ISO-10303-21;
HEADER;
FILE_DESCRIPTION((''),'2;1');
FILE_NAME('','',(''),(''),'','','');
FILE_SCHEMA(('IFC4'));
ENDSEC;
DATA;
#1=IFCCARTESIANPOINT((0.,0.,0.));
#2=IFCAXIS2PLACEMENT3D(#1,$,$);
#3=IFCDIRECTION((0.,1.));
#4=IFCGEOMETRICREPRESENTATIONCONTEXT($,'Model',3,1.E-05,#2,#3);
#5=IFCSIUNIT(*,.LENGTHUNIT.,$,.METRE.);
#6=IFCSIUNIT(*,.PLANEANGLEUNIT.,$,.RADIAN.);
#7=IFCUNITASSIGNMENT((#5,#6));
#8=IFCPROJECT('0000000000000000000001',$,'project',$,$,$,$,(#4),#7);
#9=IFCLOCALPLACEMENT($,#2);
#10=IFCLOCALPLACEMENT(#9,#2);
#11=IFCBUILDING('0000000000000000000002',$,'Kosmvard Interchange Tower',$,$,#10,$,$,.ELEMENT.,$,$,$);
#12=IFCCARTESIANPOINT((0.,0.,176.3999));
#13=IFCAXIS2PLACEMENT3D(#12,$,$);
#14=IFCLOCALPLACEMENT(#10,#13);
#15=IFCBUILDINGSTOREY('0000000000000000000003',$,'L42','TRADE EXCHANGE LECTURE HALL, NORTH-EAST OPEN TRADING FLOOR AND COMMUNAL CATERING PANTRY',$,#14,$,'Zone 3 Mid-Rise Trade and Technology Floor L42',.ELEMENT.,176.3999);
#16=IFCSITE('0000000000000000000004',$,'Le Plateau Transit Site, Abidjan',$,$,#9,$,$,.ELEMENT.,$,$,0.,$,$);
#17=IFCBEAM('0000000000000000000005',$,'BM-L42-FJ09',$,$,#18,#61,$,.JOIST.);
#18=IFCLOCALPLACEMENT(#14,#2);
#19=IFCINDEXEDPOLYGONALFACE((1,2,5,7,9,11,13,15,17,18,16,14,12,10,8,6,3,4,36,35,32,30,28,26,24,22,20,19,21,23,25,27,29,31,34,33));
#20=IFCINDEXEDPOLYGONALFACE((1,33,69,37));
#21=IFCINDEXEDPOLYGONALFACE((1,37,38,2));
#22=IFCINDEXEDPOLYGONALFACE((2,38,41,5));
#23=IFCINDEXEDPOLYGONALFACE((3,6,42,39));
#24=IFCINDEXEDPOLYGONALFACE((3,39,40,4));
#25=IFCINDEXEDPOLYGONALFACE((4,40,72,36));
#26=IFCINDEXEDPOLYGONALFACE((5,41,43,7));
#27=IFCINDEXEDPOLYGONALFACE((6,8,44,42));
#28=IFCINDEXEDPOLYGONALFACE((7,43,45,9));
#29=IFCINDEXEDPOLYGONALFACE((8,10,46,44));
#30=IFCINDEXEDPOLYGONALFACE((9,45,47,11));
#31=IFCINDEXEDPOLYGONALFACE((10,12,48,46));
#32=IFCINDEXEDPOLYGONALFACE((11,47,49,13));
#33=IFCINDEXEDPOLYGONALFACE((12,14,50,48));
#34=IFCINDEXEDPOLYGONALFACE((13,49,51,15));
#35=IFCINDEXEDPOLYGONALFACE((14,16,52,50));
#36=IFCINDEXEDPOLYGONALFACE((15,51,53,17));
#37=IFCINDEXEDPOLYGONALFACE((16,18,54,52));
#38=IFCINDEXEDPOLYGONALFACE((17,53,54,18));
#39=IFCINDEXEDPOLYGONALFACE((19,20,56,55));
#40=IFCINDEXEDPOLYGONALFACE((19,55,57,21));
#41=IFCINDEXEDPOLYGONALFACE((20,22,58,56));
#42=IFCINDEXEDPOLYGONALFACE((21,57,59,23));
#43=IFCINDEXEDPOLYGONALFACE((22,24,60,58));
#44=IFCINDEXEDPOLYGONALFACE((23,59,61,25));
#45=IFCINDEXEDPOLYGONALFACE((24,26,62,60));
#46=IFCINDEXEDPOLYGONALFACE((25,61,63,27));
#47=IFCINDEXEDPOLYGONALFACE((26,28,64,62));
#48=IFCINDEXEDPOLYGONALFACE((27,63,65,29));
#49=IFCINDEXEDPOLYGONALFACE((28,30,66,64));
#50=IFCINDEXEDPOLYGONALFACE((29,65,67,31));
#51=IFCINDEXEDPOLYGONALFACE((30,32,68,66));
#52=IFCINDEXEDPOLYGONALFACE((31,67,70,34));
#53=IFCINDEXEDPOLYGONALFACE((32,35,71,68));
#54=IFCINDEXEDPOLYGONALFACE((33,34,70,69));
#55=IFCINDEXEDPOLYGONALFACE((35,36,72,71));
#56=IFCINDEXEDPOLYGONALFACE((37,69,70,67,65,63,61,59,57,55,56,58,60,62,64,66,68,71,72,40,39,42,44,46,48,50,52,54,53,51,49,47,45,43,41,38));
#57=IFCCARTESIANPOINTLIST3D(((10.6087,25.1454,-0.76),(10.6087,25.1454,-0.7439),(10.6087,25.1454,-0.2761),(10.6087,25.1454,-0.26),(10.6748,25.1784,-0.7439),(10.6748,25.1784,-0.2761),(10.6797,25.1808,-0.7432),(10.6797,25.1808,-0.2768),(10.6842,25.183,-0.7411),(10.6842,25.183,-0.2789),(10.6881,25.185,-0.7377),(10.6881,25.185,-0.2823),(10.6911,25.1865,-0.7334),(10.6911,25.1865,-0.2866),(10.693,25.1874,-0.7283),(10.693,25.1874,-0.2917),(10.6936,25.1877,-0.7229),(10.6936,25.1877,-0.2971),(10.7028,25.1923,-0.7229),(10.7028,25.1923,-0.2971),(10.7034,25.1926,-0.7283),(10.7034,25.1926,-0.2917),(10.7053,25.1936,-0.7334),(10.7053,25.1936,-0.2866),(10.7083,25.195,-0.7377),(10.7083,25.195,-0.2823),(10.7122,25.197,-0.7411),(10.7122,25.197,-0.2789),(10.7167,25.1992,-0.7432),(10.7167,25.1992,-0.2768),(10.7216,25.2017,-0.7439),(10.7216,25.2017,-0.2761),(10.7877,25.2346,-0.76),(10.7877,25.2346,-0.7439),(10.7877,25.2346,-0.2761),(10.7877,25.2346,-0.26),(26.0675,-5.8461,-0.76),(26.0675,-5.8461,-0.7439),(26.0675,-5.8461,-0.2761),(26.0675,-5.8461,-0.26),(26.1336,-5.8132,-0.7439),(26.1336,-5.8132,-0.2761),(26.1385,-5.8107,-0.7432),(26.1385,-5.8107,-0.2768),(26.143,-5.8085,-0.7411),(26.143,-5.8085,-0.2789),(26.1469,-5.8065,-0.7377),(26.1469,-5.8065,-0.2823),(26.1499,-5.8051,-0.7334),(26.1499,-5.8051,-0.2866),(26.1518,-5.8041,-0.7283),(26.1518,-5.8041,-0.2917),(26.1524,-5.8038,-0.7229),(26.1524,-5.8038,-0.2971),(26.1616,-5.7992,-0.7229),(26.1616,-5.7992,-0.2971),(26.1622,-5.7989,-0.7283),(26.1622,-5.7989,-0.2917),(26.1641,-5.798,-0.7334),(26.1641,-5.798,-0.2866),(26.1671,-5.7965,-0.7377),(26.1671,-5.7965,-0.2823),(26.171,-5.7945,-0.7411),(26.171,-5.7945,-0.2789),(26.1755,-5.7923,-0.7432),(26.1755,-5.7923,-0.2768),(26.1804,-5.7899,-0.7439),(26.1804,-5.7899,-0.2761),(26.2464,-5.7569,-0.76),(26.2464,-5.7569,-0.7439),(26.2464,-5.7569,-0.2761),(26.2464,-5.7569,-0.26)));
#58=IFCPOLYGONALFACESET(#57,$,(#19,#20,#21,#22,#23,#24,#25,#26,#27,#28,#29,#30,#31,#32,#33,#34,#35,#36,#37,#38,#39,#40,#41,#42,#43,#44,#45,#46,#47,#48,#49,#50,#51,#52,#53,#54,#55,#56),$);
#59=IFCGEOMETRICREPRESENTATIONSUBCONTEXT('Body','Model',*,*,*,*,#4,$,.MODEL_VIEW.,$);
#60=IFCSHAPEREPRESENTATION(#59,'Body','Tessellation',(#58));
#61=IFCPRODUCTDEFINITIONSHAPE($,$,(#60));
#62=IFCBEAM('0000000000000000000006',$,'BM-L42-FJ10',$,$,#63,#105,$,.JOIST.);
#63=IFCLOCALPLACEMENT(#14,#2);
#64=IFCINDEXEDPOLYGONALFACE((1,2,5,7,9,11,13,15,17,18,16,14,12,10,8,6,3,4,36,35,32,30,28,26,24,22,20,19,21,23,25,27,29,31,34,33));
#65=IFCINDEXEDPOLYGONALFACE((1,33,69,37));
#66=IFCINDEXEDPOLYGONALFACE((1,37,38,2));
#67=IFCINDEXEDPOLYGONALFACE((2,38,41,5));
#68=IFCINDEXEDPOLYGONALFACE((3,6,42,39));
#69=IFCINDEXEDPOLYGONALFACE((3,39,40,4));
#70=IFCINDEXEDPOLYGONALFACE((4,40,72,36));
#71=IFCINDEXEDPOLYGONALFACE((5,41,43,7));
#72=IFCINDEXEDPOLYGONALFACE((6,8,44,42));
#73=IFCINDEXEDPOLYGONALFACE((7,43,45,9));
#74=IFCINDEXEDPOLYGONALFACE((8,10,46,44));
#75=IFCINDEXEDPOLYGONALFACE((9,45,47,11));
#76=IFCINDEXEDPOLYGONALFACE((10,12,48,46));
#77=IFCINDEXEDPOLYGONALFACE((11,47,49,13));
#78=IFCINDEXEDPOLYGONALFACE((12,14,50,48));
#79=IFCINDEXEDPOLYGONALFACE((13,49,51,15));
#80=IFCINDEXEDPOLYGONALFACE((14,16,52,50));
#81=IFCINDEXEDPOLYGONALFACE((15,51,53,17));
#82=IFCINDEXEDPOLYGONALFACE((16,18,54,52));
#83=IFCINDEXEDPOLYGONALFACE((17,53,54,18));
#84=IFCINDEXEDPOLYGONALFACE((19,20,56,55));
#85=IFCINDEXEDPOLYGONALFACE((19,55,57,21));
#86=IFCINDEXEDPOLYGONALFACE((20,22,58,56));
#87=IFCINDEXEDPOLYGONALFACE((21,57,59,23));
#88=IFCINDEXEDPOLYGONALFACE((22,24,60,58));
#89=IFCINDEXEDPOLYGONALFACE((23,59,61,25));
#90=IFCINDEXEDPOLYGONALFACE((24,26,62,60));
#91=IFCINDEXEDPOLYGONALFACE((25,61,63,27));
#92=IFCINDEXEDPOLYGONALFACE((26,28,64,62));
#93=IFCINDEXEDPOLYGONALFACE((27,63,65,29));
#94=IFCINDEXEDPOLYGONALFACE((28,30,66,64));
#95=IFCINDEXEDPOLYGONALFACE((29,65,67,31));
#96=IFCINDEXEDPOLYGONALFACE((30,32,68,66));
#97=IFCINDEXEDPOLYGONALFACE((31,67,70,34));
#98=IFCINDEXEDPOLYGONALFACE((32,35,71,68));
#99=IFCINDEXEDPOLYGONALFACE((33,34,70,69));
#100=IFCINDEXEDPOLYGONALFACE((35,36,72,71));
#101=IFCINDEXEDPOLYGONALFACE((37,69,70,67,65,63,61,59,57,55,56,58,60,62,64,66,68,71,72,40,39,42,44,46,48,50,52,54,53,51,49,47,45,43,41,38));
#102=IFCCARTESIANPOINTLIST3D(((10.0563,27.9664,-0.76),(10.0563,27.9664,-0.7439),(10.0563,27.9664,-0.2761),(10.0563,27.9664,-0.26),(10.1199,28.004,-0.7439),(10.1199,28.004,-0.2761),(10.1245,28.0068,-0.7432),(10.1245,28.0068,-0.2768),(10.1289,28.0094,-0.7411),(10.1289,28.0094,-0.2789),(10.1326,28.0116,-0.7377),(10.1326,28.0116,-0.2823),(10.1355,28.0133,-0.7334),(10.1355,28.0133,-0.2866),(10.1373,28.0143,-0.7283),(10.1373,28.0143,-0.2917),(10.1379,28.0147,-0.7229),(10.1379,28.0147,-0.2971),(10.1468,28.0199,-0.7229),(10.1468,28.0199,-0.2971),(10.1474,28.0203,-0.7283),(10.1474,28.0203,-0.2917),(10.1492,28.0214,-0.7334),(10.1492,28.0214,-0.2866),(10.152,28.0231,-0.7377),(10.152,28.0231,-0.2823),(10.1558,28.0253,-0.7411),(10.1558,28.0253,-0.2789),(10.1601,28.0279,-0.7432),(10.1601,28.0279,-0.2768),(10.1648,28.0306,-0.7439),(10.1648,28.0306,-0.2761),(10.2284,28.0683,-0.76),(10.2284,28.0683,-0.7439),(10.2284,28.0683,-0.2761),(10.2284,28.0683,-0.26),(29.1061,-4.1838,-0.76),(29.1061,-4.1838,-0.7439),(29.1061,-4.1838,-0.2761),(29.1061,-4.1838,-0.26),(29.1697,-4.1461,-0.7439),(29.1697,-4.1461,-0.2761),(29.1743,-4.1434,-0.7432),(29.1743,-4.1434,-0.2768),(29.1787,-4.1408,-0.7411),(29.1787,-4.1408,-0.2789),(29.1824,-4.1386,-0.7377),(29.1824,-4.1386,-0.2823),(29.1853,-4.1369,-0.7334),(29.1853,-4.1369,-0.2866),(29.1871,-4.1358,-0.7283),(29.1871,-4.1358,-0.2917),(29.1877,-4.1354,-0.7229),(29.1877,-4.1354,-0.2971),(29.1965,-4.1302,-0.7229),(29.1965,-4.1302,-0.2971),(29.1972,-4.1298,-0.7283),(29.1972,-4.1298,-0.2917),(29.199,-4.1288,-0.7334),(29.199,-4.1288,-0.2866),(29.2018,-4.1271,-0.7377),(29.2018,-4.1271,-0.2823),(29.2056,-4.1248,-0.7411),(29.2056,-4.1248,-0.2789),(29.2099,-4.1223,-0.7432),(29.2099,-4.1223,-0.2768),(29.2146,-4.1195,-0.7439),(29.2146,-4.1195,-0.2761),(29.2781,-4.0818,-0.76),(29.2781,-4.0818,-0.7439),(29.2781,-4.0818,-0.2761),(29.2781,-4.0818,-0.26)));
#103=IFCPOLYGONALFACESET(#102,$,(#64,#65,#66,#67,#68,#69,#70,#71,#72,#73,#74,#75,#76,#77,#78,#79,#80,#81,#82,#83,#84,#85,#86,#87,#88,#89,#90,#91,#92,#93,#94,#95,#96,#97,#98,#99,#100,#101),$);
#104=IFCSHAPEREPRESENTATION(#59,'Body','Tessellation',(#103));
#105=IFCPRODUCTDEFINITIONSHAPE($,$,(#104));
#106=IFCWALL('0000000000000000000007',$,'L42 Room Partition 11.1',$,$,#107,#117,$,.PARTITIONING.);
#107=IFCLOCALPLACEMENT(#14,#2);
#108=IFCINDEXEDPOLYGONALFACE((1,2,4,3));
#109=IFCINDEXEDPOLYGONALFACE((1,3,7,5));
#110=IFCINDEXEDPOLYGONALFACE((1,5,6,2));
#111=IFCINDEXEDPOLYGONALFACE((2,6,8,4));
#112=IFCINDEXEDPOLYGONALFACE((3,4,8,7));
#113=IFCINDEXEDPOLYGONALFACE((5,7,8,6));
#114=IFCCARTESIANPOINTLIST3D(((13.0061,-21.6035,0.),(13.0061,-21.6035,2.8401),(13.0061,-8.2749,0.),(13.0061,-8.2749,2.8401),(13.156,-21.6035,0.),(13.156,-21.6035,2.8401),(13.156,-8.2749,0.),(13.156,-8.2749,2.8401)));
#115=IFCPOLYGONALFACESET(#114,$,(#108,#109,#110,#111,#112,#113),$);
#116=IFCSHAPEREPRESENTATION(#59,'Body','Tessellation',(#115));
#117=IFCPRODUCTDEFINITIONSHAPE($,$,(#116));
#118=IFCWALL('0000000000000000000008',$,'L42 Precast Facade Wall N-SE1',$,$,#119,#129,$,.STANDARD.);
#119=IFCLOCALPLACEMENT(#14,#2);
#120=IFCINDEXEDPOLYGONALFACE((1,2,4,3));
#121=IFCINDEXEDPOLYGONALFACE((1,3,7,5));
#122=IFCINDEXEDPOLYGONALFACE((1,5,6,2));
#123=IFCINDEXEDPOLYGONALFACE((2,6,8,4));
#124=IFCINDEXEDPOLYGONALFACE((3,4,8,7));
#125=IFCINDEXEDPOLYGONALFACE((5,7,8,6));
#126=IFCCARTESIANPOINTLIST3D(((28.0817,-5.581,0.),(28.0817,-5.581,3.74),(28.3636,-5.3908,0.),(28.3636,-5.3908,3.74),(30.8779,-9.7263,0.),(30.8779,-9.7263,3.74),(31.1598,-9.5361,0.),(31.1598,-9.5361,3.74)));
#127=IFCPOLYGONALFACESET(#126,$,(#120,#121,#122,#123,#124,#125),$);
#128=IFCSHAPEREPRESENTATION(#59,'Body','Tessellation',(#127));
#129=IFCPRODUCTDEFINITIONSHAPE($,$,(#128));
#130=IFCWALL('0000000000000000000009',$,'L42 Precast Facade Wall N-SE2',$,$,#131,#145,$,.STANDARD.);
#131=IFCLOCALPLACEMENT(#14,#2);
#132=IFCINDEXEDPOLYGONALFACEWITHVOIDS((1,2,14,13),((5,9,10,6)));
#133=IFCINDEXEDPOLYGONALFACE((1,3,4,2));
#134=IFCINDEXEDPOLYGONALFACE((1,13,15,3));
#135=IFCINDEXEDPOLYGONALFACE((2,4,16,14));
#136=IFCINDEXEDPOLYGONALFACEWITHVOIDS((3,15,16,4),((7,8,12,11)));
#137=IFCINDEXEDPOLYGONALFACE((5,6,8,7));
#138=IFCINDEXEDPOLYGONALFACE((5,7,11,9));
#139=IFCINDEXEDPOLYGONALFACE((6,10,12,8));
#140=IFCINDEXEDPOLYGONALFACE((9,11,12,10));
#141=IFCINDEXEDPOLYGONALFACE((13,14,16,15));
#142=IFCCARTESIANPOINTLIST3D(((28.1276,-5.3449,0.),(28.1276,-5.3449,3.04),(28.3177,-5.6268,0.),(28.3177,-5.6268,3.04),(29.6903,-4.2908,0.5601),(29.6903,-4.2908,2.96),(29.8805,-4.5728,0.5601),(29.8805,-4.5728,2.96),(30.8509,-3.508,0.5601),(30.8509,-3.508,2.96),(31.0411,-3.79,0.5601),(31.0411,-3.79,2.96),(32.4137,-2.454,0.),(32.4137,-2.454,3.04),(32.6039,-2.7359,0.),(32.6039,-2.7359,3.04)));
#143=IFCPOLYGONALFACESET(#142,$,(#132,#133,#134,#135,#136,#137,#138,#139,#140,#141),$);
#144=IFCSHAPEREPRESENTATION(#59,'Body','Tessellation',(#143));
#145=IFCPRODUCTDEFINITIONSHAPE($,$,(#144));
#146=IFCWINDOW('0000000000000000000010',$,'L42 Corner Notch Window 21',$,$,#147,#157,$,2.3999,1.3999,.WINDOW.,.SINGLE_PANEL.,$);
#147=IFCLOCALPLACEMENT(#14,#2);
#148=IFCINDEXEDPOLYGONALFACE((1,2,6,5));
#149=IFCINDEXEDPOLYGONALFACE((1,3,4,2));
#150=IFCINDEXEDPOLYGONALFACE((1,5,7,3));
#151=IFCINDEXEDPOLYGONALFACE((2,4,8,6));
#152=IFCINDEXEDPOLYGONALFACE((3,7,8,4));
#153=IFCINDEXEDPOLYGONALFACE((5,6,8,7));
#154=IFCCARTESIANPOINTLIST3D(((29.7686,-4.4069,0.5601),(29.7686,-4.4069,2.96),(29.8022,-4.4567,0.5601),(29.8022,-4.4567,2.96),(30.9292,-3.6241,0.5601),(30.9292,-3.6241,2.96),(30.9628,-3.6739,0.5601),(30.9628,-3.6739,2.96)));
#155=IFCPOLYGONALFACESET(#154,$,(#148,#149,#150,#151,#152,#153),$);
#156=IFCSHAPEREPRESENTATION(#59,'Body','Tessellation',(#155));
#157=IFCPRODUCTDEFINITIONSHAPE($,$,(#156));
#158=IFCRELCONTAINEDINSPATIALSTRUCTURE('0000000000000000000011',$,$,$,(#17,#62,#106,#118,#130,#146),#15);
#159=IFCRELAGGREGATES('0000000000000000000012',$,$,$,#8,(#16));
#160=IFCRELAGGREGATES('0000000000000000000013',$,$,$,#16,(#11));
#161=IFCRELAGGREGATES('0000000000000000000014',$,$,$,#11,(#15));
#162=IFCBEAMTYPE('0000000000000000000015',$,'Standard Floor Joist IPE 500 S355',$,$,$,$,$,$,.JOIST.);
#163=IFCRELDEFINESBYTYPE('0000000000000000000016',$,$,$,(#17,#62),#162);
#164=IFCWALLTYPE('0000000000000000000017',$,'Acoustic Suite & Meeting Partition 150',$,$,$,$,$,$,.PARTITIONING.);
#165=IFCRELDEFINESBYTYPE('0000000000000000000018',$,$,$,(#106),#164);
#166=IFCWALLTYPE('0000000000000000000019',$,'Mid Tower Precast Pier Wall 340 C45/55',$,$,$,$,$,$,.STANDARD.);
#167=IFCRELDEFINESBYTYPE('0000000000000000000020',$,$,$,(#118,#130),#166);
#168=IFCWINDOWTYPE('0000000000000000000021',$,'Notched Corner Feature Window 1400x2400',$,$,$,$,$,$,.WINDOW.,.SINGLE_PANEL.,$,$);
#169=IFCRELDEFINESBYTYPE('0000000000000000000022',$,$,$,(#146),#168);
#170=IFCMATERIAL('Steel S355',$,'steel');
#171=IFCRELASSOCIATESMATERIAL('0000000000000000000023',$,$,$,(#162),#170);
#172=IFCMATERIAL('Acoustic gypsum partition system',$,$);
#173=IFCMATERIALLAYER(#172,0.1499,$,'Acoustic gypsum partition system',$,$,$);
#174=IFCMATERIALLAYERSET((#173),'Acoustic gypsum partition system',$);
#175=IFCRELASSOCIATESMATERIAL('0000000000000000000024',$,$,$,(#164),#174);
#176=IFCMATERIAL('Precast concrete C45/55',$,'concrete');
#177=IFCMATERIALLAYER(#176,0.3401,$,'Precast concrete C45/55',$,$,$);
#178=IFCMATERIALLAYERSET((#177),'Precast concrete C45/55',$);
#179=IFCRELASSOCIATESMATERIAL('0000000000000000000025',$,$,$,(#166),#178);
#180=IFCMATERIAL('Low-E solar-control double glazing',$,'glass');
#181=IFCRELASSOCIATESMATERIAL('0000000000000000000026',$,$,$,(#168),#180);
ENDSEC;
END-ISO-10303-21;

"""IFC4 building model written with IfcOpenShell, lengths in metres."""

from ifc_helpers import new_model, si_unit, direction, frame, frame_2d, origin, origin_2d, place, context, subcontext, project, spatial, rectangle, i_section, extrude, source, transform, mapped, material, layer, layer_set, material_profile, profile_set, type_object, element, fill, save


model = new_model("IFC4")

# Units and contexts
model_context = context("Model", 3, precision=1e-05, world=origin(), true_north=direction((0.0, 1.0)))
body_context = subcontext(model_context, "Body", "Model", "MODEL_VIEW")
ifc_project = project(units=[si_unit("LENGTHUNIT", "METRE"), si_unit("PLANEANGLEUNIT", "RADIAN")], contexts=[model_context])

# Site, building, storey
site_placement = place(None, origin())
site = spatial("IfcSite", under=ifc_project, at=site_placement, Name="Le Plateau Transit Site, Abidjan", CompositionType="ELEMENT", RefElevation=0.0)
building_placement = place(site_placement, origin())
building = spatial("IfcBuilding", under=site, at=building_placement, Name="Kosmvard Interchange Tower", CompositionType="ELEMENT")
storey_placement = place(building_placement, frame((0.0, 0.0, 176.3999)))
storey = spatial("IfcBuildingStorey", under=building, at=storey_placement, Name="L42", Description="TRADE EXCHANGE LECTURE HALL, NORTH-EAST OPEN TRADING FLOOR AND COMMUNAL CATERING PANTRY", LongName="Zone 3 Mid-Rise Trade and Technology Floor L42", CompositionType="ELEMENT", Elevation=176.3999)

# Beams
ifc_material_1 = material(Name="Steel S355", Category="steel")
ifc_material_2 = material(Name="Precast concrete C45/55", Category="concrete")
ifc_material_profile_1 = material_profile(ifc_material_1, i_section(OverallWidth=0.2, OverallDepth=0.5, WebThickness=0.0103, FlangeThickness=0.0161, FilletRadius=0.021, at=origin_2d()), Name="IPE 500")
ifc_profile_set_1 = profile_set([ifc_material_profile_1], Name="Steel S355")
beam_type_1 = type_object("IfcBeamType", Name="Standard Floor Joist IPE 500 S355", PredefinedType="JOIST", material=ifc_profile_set_1)
shared_shape_1 = source(origin(), body_context, "Body", "SweptSolid", [
    extrude(i_section(OverallWidth=0.2, OverallDepth=0.5, WebThickness=0.0103, FlangeThickness=0.0161, FilletRadius=0.021, at=origin_2d()), origin(), (0.0, 0.0, 1.0), 34.6331),
])
beam_1_placement = place(storey_placement, frame((26.157, -5.8015, -0.51), z_axis=(-0.446359, 0.894854, 0.0), x_axis=(-0.894854, -0.446359, 0.0)))
element("IfcBeam", 1, at=beam_1_placement, inside=storey, type_object=beam_type_1, Name="BM-L42-FJ09", PredefinedType="JOIST", context=body_context, shape_type="MappedRepresentation", body=[
    mapped(shared_shape_1, transform((0.0, 0.0, 0.0), scale=1.0)),
])
shared_shape_2 = source(origin(), body_context, "Body", "SweptSolid", [
    extrude(i_section(OverallWidth=0.2, OverallDepth=0.5, WebThickness=0.0103, FlangeThickness=0.0161, FilletRadius=0.021, at=origin_2d()), origin(), (0.0, 0.0, 1.0), 37.3701),
])
beam_2_placement = place(storey_placement, frame((29.1921, -4.1328, -0.51), z_axis=(-0.50976, 0.860317, 0.0), x_axis=(-0.860317, -0.50976, 0.0)))
element("IfcBeam", 2, at=beam_2_placement, inside=storey, type_object=beam_type_1, Name="BM-L42-FJ10", PredefinedType="JOIST", context=body_context, shape_type="MappedRepresentation", body=[
    mapped(shared_shape_2, transform((0.0, 0.0, 0.0), scale=1.0)),
])

# Walls
ifc_material_3 = material(Name="Acoustic gypsum partition system")
ifc_layer_1 = layer(ifc_material_3, 0.1499, Name="Acoustic gypsum partition system")
ifc_layer_set_1 = layer_set([ifc_layer_1], Name="Acoustic gypsum partition system")
wall_type_1 = type_object("IfcWallType", Name="Acoustic Suite & Meeting Partition 150", PredefinedType="PARTITIONING", material=ifc_layer_set_1)
wall_1_placement = place(storey_placement, frame((13.0811, -8.2749, 0.0), z_axis=(0.0, 0.0, 1.0), x_axis=(0.0, -1.0, 0.0)))
element("IfcWall", 3, at=wall_1_placement, inside=storey, type_object=wall_type_1, Name="L42 Room Partition 11.1", PredefinedType="PARTITIONING", context=body_context, shape_type="SweptSolid", body=[
    extrude(rectangle(XDim=13.3286, YDim=0.1499, at=frame_2d((6.6643, 0.0))), origin(), (0.0, 0.0, 1.0), 2.8401),
])
ifc_layer_2 = layer(ifc_material_2, 0.3401, Name="Precast concrete C45/55")
ifc_layer_set_2 = layer_set([ifc_layer_2], Name="Precast concrete C45/55")
wall_type_2 = type_object("IfcWallType", Name="Mid Tower Precast Pier Wall 340 C45/55", PredefinedType="STANDARD", material=ifc_layer_set_2)
wall_2_placement = place(storey_placement, frame((31.0188, -9.6311, 0.0), z_axis=(0.0, 0.0, 1.0), x_axis=(-0.55921, 0.829026, 0.0)))
element("IfcWall", 4, at=wall_2_placement, inside=storey, type_object=wall_type_2, Name="L42 Precast Facade Wall N-SE1", PredefinedType="STANDARD", context=body_context, shape_type="SweptSolid", body=[
    extrude(rectangle(XDim=5.0002, YDim=0.3401, at=frame_2d((2.5, 0.0))), origin(), (0.0, 0.0, 1.0), 3.74),
])

# Wall, opening, window
wall_3_placement = place(storey_placement, frame((28.2227, -5.4858, 0.0), z_axis=(0.0, 0.0, 1.0), x_axis=(0.829052, 0.559171, 0.0)))
wall_3 = element("IfcWall", 5, at=wall_3_placement, inside=storey, type_object=wall_type_2, Name="L42 Precast Facade Wall N-SE2", PredefinedType="STANDARD", context=body_context, shape_type="SweptSolid", body=[
    extrude(rectangle(XDim=5.1699, YDim=0.3401, at=frame_2d((2.585, 0.0))), origin(), (0.0, 0.0, 1.0), 3.04),
])
opening_1_placement = place(wall_3_placement, frame((1.885, 0.0, 0.5601)))
opening_1 = element("IfcOpeningElement", 6, at=opening_1_placement, cuts=wall_3, PredefinedType="OPENING", context=body_context, shape_type="SweptSolid", body=[
    extrude(rectangle(XDim=1.3999, YDim=2.3999, at=frame_2d((0.7, 1.2))), frame((0.0, 0.1802, 0.0), z_axis=(0.0, -1.0, 0.0), x_axis=(1.0, 0.0, 0.0)), (0.0, 0.0, 1.0), 0.3601),
])
ifc_material_4 = material(Name="Low-E solar-control double glazing", Category="glass")
window_type_1 = type_object("IfcWindowType", Name="Notched Corner Feature Window 1400x2400", PartitioningType="SINGLE_PANEL", PredefinedType="WINDOW", material=ifc_material_4)
shared_shape_3 = source(origin(), body_context, "Body", "SweptSolid", [
    extrude(rectangle(XDim=1.3999, YDim=2.3999, at=frame_2d((0.7, 1.2))), frame((0.0, 0.03, 0.0), z_axis=(0.0, -1.0, 0.0), x_axis=(1.0, 0.0, 0.0)), (0.0, 0.0, 1.0), 0.0601),
])
window_1_placement = place(opening_1_placement, origin())
window_1 = element("IfcWindow", 7, at=window_1_placement, inside=storey, type_object=window_type_1, Name="L42 Corner Notch Window 21", OverallHeight=2.3999, OverallWidth=1.3999, PartitioningType="SINGLE_PANEL", PredefinedType="WINDOW", context=body_context, shape_type="MappedRepresentation", body=[
    mapped(shared_shape_3, transform((0.0, 0.0, 0.0), scale=1.0)),
])
fill(opening_1, window_1)

save(model, "model.ifc")
